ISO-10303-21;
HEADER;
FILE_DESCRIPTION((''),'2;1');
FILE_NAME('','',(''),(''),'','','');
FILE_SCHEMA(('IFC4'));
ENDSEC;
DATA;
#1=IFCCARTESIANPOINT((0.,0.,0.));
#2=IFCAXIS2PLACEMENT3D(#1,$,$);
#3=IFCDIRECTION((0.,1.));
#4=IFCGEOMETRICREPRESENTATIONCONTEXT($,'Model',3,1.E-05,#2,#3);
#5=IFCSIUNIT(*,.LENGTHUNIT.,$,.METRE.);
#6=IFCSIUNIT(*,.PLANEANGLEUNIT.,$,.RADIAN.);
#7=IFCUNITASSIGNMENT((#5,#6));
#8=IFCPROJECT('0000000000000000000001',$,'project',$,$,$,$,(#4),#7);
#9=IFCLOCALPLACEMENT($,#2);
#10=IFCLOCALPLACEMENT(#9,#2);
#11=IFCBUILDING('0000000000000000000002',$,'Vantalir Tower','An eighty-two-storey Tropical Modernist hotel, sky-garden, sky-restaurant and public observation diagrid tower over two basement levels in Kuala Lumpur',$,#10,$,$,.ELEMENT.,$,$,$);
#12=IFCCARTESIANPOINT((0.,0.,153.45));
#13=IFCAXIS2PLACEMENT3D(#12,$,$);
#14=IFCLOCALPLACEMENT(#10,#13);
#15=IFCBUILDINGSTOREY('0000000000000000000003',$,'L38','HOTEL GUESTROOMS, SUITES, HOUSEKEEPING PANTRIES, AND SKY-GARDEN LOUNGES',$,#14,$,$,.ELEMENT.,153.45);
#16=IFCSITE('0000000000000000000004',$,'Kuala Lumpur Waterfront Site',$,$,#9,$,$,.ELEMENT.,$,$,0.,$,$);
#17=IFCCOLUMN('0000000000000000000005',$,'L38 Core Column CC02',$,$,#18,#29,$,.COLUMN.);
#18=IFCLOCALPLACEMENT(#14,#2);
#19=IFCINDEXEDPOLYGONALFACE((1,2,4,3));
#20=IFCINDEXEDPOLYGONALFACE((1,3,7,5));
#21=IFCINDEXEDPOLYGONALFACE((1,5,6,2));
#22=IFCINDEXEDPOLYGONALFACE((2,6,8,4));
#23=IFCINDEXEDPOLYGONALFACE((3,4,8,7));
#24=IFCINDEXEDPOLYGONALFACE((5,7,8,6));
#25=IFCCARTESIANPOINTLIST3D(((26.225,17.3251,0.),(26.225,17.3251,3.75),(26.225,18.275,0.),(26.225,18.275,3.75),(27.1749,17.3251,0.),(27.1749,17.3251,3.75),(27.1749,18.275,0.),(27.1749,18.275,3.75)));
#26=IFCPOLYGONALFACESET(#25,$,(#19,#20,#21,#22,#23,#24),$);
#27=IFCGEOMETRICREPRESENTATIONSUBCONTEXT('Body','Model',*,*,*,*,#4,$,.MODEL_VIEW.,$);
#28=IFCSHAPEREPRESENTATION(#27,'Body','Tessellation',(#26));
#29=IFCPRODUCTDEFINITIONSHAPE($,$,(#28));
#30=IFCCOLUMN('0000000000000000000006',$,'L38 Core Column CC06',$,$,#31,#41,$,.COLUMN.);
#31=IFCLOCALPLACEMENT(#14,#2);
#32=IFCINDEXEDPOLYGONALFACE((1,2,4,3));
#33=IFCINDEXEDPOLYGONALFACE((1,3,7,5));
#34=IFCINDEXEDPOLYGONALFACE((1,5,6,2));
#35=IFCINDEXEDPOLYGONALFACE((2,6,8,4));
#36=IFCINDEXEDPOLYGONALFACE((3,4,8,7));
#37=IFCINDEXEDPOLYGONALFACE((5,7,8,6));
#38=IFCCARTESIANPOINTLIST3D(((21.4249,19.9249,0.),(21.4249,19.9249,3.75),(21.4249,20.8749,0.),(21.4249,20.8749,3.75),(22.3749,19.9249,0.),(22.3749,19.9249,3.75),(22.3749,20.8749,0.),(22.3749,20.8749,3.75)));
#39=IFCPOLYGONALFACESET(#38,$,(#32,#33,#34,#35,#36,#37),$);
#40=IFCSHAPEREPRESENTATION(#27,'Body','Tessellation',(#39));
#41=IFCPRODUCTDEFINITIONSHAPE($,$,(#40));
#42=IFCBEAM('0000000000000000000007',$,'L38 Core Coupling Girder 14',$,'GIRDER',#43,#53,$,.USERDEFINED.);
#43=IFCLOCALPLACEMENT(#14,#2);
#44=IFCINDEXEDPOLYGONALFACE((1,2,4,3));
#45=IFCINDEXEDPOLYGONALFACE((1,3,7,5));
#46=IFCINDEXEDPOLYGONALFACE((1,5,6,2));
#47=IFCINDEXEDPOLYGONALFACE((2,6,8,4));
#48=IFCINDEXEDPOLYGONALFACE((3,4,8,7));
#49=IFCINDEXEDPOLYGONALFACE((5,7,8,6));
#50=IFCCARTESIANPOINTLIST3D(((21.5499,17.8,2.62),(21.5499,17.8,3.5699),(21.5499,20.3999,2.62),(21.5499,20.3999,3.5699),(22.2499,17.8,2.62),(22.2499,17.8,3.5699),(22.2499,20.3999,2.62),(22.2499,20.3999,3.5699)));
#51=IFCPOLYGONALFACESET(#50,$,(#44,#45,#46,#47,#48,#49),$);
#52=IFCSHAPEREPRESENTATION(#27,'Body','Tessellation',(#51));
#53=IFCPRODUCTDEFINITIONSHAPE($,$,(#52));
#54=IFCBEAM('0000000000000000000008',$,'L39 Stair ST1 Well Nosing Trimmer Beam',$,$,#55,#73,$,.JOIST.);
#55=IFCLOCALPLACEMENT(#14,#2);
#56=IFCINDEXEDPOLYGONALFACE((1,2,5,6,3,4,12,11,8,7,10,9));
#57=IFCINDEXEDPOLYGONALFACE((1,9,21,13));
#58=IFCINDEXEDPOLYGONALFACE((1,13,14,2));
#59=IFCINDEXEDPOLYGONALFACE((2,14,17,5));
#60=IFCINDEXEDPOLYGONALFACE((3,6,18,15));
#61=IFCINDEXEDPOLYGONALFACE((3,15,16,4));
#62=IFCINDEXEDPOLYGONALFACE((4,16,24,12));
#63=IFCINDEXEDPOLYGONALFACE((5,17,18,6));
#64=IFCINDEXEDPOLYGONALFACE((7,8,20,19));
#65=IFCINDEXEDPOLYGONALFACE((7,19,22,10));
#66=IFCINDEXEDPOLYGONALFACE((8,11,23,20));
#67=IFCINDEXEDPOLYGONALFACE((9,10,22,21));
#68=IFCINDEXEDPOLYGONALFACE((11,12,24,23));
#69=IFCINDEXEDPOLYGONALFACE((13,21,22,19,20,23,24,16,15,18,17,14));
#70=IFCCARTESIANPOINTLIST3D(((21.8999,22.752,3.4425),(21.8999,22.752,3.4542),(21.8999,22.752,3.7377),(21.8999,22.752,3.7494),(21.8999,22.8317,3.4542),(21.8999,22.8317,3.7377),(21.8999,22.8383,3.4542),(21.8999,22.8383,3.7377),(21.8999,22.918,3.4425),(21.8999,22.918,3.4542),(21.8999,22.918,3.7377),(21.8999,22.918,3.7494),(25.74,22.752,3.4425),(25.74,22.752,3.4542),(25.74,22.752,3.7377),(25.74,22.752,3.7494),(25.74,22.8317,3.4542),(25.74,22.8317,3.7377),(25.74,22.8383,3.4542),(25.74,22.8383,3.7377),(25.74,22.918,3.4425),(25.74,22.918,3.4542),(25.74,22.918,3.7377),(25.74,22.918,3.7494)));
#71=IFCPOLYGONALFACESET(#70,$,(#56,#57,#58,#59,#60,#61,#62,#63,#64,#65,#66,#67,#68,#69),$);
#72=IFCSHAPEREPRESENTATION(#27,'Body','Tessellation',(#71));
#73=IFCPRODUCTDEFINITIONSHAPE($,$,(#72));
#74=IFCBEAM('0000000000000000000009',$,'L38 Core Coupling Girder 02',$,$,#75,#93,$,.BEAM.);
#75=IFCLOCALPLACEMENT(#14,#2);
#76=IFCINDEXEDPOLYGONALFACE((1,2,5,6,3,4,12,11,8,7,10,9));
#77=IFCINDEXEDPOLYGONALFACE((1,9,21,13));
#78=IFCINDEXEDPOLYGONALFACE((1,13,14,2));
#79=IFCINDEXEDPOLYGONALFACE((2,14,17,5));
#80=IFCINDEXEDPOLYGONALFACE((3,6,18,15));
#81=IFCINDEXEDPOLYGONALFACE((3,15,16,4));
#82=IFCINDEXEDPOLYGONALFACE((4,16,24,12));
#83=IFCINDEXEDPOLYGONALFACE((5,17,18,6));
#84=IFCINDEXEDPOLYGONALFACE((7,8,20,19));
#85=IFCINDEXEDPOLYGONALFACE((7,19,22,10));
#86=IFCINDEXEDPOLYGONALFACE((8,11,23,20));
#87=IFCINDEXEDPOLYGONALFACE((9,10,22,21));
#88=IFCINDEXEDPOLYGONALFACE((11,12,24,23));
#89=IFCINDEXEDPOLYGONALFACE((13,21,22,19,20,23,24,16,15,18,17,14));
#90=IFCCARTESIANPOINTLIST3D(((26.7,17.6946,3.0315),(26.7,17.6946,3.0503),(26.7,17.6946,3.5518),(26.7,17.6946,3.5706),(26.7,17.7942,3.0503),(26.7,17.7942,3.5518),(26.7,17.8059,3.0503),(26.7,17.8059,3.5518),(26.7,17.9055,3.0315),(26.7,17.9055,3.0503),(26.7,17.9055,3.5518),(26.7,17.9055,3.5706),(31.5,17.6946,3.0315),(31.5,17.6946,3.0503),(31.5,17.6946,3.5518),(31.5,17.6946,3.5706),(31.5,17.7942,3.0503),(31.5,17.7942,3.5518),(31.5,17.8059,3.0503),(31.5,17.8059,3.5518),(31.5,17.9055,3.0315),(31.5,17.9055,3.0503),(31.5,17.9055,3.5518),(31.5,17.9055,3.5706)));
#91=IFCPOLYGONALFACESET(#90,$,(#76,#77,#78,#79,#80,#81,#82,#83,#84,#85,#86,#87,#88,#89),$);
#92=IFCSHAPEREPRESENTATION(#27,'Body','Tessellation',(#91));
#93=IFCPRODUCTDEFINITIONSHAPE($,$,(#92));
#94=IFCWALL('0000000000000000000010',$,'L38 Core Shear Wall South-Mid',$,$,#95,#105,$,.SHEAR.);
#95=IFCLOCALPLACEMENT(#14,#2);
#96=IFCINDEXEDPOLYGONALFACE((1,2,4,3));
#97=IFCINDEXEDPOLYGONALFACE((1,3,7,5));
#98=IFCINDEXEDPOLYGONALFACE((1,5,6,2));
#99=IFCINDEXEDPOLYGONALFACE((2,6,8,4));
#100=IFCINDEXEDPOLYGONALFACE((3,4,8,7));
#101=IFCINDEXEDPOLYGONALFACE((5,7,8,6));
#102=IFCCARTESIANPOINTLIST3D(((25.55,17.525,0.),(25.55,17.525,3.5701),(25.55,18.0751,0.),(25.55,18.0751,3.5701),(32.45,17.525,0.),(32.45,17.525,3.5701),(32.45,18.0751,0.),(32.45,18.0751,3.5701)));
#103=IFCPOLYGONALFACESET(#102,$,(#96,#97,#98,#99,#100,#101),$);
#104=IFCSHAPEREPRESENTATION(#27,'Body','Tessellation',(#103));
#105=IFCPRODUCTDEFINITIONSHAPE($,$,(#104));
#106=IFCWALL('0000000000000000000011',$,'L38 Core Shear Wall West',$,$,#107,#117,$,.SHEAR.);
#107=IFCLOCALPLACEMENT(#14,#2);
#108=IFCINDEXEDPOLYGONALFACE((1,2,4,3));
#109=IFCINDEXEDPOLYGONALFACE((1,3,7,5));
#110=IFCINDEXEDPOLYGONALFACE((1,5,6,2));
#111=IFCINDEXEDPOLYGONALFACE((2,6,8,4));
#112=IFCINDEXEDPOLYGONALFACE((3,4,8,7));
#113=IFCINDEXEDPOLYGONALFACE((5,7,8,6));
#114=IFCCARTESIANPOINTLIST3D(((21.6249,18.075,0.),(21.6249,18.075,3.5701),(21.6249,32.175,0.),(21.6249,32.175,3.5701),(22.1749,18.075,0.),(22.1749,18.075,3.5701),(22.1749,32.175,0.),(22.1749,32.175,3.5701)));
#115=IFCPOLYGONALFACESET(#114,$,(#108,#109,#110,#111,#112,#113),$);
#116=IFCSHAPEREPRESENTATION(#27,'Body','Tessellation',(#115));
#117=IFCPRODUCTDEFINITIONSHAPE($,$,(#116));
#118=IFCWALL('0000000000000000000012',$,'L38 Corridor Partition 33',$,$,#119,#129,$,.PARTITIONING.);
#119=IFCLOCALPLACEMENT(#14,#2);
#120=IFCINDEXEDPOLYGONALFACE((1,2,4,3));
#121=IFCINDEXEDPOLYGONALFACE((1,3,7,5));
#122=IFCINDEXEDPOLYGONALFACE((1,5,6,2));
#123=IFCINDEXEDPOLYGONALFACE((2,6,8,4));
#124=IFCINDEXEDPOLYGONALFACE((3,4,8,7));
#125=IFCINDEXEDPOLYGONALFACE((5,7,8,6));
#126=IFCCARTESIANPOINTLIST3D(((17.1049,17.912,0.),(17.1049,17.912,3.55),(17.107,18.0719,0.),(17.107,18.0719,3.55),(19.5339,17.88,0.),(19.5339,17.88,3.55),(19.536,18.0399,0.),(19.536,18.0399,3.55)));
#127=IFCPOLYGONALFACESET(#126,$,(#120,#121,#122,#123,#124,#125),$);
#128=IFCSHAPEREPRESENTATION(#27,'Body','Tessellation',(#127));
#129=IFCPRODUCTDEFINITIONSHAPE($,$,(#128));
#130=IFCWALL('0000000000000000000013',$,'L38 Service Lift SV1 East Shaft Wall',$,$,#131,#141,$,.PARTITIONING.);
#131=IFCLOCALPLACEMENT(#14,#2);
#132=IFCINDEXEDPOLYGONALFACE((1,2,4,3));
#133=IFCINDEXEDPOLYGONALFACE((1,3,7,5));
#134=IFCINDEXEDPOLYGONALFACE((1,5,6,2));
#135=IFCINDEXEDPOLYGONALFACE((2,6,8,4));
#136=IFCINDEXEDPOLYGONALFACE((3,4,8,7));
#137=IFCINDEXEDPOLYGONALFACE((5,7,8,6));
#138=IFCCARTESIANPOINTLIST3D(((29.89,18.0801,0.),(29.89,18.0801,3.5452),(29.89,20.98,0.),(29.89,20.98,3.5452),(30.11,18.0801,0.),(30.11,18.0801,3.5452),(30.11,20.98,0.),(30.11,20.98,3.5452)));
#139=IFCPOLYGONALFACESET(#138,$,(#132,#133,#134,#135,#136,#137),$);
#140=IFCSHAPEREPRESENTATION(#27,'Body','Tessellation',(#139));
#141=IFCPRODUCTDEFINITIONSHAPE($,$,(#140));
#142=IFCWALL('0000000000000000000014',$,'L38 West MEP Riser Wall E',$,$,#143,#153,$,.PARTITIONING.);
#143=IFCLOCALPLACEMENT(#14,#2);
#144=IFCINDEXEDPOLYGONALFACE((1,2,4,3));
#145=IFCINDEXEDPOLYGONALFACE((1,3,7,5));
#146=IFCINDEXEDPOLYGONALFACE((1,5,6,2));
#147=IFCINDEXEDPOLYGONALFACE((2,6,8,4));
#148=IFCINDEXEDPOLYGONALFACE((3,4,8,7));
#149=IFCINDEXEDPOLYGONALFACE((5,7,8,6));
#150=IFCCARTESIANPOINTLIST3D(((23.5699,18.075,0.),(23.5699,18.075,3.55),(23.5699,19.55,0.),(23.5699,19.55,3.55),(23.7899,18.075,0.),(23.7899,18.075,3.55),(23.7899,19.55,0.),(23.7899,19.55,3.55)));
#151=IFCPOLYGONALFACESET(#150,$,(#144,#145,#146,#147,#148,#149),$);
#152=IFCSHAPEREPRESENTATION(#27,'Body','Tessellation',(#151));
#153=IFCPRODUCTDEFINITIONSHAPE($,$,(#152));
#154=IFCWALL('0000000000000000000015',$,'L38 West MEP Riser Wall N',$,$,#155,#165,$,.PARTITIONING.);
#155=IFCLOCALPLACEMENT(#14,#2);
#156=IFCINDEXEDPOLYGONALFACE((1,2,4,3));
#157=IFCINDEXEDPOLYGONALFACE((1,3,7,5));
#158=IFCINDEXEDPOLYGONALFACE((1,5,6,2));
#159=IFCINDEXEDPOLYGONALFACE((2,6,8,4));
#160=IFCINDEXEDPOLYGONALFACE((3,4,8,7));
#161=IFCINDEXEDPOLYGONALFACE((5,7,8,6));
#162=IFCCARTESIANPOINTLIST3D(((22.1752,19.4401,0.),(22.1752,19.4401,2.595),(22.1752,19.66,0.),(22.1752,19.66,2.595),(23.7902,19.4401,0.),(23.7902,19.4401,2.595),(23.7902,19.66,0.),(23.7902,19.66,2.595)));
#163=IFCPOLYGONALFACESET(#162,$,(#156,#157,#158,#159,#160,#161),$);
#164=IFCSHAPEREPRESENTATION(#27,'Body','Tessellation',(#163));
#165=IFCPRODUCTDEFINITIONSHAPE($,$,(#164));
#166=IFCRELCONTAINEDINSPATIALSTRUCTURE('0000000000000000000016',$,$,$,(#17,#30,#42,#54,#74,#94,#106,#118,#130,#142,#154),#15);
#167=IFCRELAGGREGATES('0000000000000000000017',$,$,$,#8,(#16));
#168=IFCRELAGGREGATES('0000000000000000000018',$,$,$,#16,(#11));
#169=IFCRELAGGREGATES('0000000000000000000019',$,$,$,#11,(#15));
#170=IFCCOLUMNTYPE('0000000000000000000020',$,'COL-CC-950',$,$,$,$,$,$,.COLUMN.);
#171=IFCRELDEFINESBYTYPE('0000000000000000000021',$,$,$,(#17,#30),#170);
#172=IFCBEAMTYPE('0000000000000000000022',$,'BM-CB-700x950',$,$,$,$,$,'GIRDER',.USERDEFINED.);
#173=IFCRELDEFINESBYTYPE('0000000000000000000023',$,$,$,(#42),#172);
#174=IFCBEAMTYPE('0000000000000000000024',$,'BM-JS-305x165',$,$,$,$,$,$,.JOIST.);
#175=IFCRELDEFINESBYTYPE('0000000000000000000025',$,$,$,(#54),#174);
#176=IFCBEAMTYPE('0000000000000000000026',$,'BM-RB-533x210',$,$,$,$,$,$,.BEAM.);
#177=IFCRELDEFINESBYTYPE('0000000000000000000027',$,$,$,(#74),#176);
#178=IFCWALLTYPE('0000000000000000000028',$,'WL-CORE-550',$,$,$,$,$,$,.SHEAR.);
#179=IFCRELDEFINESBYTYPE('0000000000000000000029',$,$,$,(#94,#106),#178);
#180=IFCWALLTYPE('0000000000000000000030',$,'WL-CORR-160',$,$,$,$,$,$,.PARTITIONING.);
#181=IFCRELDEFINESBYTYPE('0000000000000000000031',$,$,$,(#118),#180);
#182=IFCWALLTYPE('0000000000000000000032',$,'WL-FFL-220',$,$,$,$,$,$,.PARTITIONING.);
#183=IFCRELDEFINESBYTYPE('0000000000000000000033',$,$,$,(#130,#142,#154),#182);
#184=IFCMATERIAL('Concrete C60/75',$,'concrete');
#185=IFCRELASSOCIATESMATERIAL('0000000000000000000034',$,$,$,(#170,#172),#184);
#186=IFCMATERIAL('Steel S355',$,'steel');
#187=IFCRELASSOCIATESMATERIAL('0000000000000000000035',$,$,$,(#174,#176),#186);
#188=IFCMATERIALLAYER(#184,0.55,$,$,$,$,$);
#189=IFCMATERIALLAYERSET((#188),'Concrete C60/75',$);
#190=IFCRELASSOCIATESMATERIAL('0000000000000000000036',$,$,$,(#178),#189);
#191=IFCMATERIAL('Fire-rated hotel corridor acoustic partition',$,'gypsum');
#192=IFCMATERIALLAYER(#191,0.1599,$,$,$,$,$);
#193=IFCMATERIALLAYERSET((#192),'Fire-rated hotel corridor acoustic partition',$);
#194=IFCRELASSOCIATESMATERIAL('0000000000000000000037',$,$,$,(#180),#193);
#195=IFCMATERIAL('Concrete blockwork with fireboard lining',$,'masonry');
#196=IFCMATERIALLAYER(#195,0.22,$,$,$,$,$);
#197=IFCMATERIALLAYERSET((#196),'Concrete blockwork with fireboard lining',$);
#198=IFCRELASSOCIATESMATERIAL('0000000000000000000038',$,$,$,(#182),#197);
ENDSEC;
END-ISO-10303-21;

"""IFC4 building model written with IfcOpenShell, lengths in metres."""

from ifc_helpers import new_model, si_unit, direction, frame, frame_2d, origin, origin_2d, place, context, subcontext, project, spatial, rectangle, i_section, extrude, material, layer, layer_set, material_profile, profile_set, type_object, element, save


model = new_model("IFC4")

# Units and contexts
model_context = context("Model", 3, precision=1e-05, world=origin(), true_north=direction((0.0, 1.0)))
body_context = subcontext(model_context, "Body", "Model", "MODEL_VIEW")
ifc_project = project(units=[si_unit("LENGTHUNIT", "METRE"), si_unit("PLANEANGLEUNIT", "RADIAN")], contexts=[model_context])

# Site, building, storey
site_placement = place(None, origin())
site = spatial("IfcSite", under=ifc_project, at=site_placement, Name="Kuala Lumpur Waterfront Site", CompositionType="ELEMENT", RefElevation=0.0)
building_placement = place(site_placement, origin())
building = spatial("IfcBuilding", under=site, at=building_placement, Name="Vantalir Tower", Description="An eighty-two-storey Tropical Modernist hotel, sky-garden, sky-restaurant and public observation diagrid tower over two basement levels in Kuala Lumpur", CompositionType="ELEMENT")
storey_placement = place(building_placement, frame((0.0, 0.0, 153.45)))
storey = spatial("IfcBuildingStorey", under=building, at=storey_placement, Name="L38", Description="HOTEL GUESTROOMS, SUITES, HOUSEKEEPING PANTRIES, AND SKY-GARDEN LOUNGES", CompositionType="ELEMENT", Elevation=153.45)

# Columns
ifc_material_1 = material(Name="Concrete C60/75", Category="concrete")
ifc_material_profile_1 = material_profile(ifc_material_1, rectangle(XDim=0.95, YDim=0.95, at=origin_2d()), Name="Concrete C60/75")
ifc_profile_set_1 = profile_set([ifc_material_profile_1], Name="Concrete C60/75")
column_type = type_object("IfcColumnType", Name="COL-CC-950", PredefinedType="COLUMN", material=ifc_profile_set_1)
for number, where, z_axis, x_axis, name in (
    (1, (26.7, 17.8, 0.0), (0.0, 0.0, 1.0), (1.0, 0.0, 0.0), "L38 Core Column CC02"),
    (2, (21.8999, 20.3999, 0.0), (0.0, 0.0, 1.0), (1.0, 0.0, 0.0), "L38 Core Column CC06"),
):
    element("IfcColumn", number, at=place(storey_placement, frame(where, z_axis=z_axis, x_axis=x_axis)), inside=storey, type_object=column_type, Name=name, PredefinedType="COLUMN", context=body_context, shape_type="SweptSolid", body=[
        extrude(rectangle(XDim=0.95, YDim=0.95, at=origin_2d()), origin(), (0.0, 0.0, 1.0), 3.75),
    ])

# Beams
ifc_material_profile_2 = material_profile(ifc_material_1, rectangle(XDim=0.7, YDim=0.95, at=origin_2d()), Name="Concrete C60/75")
ifc_profile_set_2 = profile_set([ifc_material_profile_2], Name="Concrete C60/75")
beam_type_1 = type_object("IfcBeamType", Name="BM-CB-700x950", ElementType="GIRDER", PredefinedType="USERDEFINED", material=ifc_profile_set_2)
beam_1_placement = place(storey_placement, frame((21.8999, 20.3999, 3.095), z_axis=(0.0, -1.0, 0.0), x_axis=(1.0, 0.0, 0.0)))
element("IfcBeam", 3, at=beam_1_placement, inside=storey, type_object=beam_type_1, Name="L38 Core Coupling Girder 14", ObjectType="GIRDER", PredefinedType="USERDEFINED", context=body_context, shape_type="SweptSolid", body=[
    extrude(rectangle(XDim=0.7, YDim=0.95, at=origin_2d()), origin(), (0.0, 0.0, 1.0), 2.5999),
])
ifc_material_2 = material(Name="Steel S355", Category="steel")
ifc_material_profile_3 = material_profile(ifc_material_2, i_section(OverallWidth=0.166, OverallDepth=0.3069, WebThickness=0.0066, FlangeThickness=0.0117, at=origin_2d()), Name="Steel S355")
ifc_profile_set_3 = profile_set([ifc_material_profile_3], Name="Steel S355")
beam_type_2 = type_object("IfcBeamType", Name="BM-JS-305x165", PredefinedType="JOIST", material=ifc_profile_set_3)
beam_2_placement = place(storey_placement, frame((21.8999, 22.835, 3.5959), z_axis=(1.0, 0.0, 0.0), x_axis=(0.0, 1.0, 0.0)))
element("IfcBeam", 4, at=beam_2_placement, inside=storey, type_object=beam_type_2, Name="L39 Stair ST1 Well Nosing Trimmer Beam", PredefinedType="JOIST", context=body_context, shape_type="SweptSolid", body=[
    extrude(i_section(OverallWidth=0.166, OverallDepth=0.3069, WebThickness=0.0066, FlangeThickness=0.0117, at=origin_2d()), origin(), (0.0, 0.0, 1.0), 3.8401),
])
ifc_material_profile_4 = material_profile(ifc_material_2, i_section(OverallWidth=0.2109, OverallDepth=0.5391, WebThickness=0.0117, FlangeThickness=0.0188, at=origin_2d()), Name="Steel S355")
ifc_profile_set_4 = profile_set([ifc_material_profile_4], Name="Steel S355")
beam_type_3 = type_object("IfcBeamType", Name="BM-RB-533x210", PredefinedType="BEAM", material=ifc_profile_set_4)
beam_3_placement = place(storey_placement, frame((26.7, 17.8, 3.301), z_axis=(1.0, 0.0, 0.0), x_axis=(0.0, 1.0, 0.0)))
element("IfcBeam", 5, at=beam_3_placement, inside=storey, type_object=beam_type_3, Name="L38 Core Coupling Girder 02", PredefinedType="BEAM", context=body_context, shape_type="SweptSolid", body=[
    extrude(i_section(OverallWidth=0.2109, OverallDepth=0.5391, WebThickness=0.0117, FlangeThickness=0.0188, at=origin_2d()), origin(), (0.0, 0.0, 1.0), 4.8),
])

# Walls
ifc_layer_1 = layer(ifc_material_1, 0.55)
ifc_layer_set_1 = layer_set([ifc_layer_1], Name="Concrete C60/75")
wall_type_1 = type_object("IfcWallType", Name="WL-CORE-550", PredefinedType="SHEAR", material=ifc_layer_set_1)
wall_1_placement = place(storey_placement, frame((25.55, 17.8, 0.0), z_axis=(0.0, 0.0, 1.0), x_axis=(1.0, 0.0, 0.0)))
element("IfcWall", 6, at=wall_1_placement, inside=storey, type_object=wall_type_1, Name="L38 Core Shear Wall South-Mid", PredefinedType="SHEAR", context=body_context, shape_type="SweptSolid", body=[
    extrude(rectangle(XDim=6.8999, YDim=0.55, at=frame_2d((3.45, 0.0))), origin(), (0.0, 0.0, 1.0), 3.5701),
])
wall_2_placement = place(storey_placement, frame((21.8999, 18.075, 0.0), z_axis=(0.0, 0.0, 1.0), x_axis=(0.0, 1.0, 0.0)))
element("IfcWall", 7, at=wall_2_placement, inside=storey, type_object=wall_type_1, Name="L38 Core Shear Wall West", PredefinedType="SHEAR", context=body_context, shape_type="SweptSolid", body=[
    extrude(rectangle(XDim=14.1001, YDim=0.55, at=frame_2d((7.05, 0.0))), origin(), (0.0, 0.0, 1.0), 3.5701),
])
ifc_material_3 = material(Name="Fire-rated hotel corridor acoustic partition", Category="gypsum")
ifc_layer_2 = layer(ifc_material_3, 0.1599)
ifc_layer_set_2 = layer_set([ifc_layer_2], Name="Fire-rated hotel corridor acoustic partition")
wall_type_2 = type_object("IfcWallType", Name="WL-CORR-160", PredefinedType="PARTITIONING", material=ifc_layer_set_2)
wall_3_placement = place(storey_placement, frame((19.5349, 17.96, 0.0), z_axis=(0.0, 0.0, 1.0), x_axis=(-0.999913, 0.013166, 0.0)))
element("IfcWall", 8, at=wall_3_placement, inside=storey, type_object=wall_type_2, Name="L38 Corridor Partition 33", PredefinedType="PARTITIONING", context=body_context, shape_type="SweptSolid", body=[
    extrude(rectangle(XDim=2.4292, YDim=0.1599, at=frame_2d((1.2146, 0.0))), origin(), (0.0, 0.0, 1.0), 3.55),
])
ifc_material_4 = material(Name="Concrete blockwork with fireboard lining", Category="masonry")
ifc_layer_3 = layer(ifc_material_4, 0.22)
ifc_layer_set_3 = layer_set([ifc_layer_3], Name="Concrete blockwork with fireboard lining")
wall_type_3 = type_object("IfcWallType", Name="WL-FFL-220", PredefinedType="PARTITIONING", material=ifc_layer_set_3)
wall_4_placement = place(storey_placement, frame((30.0, 18.0801, 0.0), z_axis=(0.0, 0.0, 1.0), x_axis=(0.0, 1.0, 0.0)))
element("IfcWall", 9, at=wall_4_placement, inside=storey, type_object=wall_type_3, Name="L38 Service Lift SV1 East Shaft Wall", PredefinedType="PARTITIONING", context=body_context, shape_type="SweptSolid", body=[
    extrude(rectangle(XDim=2.8999, YDim=0.22, at=frame_2d((1.45, 0.0))), origin(), (0.0, 0.0, 1.0), 3.5452),
])
wall_5_placement = place(storey_placement, frame((23.6799, 18.075, 0.0), z_axis=(0.0, 0.0, 1.0), x_axis=(0.0, 1.0, 0.0)))
element("IfcWall", 10, at=wall_5_placement, inside=storey, type_object=wall_type_3, Name="L38 West MEP Riser Wall E", PredefinedType="PARTITIONING", context=body_context, shape_type="SweptSolid", body=[
    extrude(rectangle(XDim=1.4751, YDim=0.22, at=frame_2d((0.7375, 0.0))), origin(), (0.0, 0.0, 1.0), 3.55),
])
wall_6_placement = place(storey_placement, frame((22.175, 19.55, 0.0), z_axis=(0.0, 0.0, 1.0), x_axis=(1.0, 0.0, 0.0)))
element("IfcWall", 11, at=wall_6_placement, inside=storey, type_object=wall_type_3, Name="L38 West MEP Riser Wall N", PredefinedType="PARTITIONING", context=body_context, shape_type="SweptSolid", body=[
    extrude(rectangle(XDim=1.615, YDim=0.22, at=frame_2d((0.8076, 0.0))), origin(), (0.0, 0.0, 1.0), 2.595),
])

save(model, "model.ifc")
